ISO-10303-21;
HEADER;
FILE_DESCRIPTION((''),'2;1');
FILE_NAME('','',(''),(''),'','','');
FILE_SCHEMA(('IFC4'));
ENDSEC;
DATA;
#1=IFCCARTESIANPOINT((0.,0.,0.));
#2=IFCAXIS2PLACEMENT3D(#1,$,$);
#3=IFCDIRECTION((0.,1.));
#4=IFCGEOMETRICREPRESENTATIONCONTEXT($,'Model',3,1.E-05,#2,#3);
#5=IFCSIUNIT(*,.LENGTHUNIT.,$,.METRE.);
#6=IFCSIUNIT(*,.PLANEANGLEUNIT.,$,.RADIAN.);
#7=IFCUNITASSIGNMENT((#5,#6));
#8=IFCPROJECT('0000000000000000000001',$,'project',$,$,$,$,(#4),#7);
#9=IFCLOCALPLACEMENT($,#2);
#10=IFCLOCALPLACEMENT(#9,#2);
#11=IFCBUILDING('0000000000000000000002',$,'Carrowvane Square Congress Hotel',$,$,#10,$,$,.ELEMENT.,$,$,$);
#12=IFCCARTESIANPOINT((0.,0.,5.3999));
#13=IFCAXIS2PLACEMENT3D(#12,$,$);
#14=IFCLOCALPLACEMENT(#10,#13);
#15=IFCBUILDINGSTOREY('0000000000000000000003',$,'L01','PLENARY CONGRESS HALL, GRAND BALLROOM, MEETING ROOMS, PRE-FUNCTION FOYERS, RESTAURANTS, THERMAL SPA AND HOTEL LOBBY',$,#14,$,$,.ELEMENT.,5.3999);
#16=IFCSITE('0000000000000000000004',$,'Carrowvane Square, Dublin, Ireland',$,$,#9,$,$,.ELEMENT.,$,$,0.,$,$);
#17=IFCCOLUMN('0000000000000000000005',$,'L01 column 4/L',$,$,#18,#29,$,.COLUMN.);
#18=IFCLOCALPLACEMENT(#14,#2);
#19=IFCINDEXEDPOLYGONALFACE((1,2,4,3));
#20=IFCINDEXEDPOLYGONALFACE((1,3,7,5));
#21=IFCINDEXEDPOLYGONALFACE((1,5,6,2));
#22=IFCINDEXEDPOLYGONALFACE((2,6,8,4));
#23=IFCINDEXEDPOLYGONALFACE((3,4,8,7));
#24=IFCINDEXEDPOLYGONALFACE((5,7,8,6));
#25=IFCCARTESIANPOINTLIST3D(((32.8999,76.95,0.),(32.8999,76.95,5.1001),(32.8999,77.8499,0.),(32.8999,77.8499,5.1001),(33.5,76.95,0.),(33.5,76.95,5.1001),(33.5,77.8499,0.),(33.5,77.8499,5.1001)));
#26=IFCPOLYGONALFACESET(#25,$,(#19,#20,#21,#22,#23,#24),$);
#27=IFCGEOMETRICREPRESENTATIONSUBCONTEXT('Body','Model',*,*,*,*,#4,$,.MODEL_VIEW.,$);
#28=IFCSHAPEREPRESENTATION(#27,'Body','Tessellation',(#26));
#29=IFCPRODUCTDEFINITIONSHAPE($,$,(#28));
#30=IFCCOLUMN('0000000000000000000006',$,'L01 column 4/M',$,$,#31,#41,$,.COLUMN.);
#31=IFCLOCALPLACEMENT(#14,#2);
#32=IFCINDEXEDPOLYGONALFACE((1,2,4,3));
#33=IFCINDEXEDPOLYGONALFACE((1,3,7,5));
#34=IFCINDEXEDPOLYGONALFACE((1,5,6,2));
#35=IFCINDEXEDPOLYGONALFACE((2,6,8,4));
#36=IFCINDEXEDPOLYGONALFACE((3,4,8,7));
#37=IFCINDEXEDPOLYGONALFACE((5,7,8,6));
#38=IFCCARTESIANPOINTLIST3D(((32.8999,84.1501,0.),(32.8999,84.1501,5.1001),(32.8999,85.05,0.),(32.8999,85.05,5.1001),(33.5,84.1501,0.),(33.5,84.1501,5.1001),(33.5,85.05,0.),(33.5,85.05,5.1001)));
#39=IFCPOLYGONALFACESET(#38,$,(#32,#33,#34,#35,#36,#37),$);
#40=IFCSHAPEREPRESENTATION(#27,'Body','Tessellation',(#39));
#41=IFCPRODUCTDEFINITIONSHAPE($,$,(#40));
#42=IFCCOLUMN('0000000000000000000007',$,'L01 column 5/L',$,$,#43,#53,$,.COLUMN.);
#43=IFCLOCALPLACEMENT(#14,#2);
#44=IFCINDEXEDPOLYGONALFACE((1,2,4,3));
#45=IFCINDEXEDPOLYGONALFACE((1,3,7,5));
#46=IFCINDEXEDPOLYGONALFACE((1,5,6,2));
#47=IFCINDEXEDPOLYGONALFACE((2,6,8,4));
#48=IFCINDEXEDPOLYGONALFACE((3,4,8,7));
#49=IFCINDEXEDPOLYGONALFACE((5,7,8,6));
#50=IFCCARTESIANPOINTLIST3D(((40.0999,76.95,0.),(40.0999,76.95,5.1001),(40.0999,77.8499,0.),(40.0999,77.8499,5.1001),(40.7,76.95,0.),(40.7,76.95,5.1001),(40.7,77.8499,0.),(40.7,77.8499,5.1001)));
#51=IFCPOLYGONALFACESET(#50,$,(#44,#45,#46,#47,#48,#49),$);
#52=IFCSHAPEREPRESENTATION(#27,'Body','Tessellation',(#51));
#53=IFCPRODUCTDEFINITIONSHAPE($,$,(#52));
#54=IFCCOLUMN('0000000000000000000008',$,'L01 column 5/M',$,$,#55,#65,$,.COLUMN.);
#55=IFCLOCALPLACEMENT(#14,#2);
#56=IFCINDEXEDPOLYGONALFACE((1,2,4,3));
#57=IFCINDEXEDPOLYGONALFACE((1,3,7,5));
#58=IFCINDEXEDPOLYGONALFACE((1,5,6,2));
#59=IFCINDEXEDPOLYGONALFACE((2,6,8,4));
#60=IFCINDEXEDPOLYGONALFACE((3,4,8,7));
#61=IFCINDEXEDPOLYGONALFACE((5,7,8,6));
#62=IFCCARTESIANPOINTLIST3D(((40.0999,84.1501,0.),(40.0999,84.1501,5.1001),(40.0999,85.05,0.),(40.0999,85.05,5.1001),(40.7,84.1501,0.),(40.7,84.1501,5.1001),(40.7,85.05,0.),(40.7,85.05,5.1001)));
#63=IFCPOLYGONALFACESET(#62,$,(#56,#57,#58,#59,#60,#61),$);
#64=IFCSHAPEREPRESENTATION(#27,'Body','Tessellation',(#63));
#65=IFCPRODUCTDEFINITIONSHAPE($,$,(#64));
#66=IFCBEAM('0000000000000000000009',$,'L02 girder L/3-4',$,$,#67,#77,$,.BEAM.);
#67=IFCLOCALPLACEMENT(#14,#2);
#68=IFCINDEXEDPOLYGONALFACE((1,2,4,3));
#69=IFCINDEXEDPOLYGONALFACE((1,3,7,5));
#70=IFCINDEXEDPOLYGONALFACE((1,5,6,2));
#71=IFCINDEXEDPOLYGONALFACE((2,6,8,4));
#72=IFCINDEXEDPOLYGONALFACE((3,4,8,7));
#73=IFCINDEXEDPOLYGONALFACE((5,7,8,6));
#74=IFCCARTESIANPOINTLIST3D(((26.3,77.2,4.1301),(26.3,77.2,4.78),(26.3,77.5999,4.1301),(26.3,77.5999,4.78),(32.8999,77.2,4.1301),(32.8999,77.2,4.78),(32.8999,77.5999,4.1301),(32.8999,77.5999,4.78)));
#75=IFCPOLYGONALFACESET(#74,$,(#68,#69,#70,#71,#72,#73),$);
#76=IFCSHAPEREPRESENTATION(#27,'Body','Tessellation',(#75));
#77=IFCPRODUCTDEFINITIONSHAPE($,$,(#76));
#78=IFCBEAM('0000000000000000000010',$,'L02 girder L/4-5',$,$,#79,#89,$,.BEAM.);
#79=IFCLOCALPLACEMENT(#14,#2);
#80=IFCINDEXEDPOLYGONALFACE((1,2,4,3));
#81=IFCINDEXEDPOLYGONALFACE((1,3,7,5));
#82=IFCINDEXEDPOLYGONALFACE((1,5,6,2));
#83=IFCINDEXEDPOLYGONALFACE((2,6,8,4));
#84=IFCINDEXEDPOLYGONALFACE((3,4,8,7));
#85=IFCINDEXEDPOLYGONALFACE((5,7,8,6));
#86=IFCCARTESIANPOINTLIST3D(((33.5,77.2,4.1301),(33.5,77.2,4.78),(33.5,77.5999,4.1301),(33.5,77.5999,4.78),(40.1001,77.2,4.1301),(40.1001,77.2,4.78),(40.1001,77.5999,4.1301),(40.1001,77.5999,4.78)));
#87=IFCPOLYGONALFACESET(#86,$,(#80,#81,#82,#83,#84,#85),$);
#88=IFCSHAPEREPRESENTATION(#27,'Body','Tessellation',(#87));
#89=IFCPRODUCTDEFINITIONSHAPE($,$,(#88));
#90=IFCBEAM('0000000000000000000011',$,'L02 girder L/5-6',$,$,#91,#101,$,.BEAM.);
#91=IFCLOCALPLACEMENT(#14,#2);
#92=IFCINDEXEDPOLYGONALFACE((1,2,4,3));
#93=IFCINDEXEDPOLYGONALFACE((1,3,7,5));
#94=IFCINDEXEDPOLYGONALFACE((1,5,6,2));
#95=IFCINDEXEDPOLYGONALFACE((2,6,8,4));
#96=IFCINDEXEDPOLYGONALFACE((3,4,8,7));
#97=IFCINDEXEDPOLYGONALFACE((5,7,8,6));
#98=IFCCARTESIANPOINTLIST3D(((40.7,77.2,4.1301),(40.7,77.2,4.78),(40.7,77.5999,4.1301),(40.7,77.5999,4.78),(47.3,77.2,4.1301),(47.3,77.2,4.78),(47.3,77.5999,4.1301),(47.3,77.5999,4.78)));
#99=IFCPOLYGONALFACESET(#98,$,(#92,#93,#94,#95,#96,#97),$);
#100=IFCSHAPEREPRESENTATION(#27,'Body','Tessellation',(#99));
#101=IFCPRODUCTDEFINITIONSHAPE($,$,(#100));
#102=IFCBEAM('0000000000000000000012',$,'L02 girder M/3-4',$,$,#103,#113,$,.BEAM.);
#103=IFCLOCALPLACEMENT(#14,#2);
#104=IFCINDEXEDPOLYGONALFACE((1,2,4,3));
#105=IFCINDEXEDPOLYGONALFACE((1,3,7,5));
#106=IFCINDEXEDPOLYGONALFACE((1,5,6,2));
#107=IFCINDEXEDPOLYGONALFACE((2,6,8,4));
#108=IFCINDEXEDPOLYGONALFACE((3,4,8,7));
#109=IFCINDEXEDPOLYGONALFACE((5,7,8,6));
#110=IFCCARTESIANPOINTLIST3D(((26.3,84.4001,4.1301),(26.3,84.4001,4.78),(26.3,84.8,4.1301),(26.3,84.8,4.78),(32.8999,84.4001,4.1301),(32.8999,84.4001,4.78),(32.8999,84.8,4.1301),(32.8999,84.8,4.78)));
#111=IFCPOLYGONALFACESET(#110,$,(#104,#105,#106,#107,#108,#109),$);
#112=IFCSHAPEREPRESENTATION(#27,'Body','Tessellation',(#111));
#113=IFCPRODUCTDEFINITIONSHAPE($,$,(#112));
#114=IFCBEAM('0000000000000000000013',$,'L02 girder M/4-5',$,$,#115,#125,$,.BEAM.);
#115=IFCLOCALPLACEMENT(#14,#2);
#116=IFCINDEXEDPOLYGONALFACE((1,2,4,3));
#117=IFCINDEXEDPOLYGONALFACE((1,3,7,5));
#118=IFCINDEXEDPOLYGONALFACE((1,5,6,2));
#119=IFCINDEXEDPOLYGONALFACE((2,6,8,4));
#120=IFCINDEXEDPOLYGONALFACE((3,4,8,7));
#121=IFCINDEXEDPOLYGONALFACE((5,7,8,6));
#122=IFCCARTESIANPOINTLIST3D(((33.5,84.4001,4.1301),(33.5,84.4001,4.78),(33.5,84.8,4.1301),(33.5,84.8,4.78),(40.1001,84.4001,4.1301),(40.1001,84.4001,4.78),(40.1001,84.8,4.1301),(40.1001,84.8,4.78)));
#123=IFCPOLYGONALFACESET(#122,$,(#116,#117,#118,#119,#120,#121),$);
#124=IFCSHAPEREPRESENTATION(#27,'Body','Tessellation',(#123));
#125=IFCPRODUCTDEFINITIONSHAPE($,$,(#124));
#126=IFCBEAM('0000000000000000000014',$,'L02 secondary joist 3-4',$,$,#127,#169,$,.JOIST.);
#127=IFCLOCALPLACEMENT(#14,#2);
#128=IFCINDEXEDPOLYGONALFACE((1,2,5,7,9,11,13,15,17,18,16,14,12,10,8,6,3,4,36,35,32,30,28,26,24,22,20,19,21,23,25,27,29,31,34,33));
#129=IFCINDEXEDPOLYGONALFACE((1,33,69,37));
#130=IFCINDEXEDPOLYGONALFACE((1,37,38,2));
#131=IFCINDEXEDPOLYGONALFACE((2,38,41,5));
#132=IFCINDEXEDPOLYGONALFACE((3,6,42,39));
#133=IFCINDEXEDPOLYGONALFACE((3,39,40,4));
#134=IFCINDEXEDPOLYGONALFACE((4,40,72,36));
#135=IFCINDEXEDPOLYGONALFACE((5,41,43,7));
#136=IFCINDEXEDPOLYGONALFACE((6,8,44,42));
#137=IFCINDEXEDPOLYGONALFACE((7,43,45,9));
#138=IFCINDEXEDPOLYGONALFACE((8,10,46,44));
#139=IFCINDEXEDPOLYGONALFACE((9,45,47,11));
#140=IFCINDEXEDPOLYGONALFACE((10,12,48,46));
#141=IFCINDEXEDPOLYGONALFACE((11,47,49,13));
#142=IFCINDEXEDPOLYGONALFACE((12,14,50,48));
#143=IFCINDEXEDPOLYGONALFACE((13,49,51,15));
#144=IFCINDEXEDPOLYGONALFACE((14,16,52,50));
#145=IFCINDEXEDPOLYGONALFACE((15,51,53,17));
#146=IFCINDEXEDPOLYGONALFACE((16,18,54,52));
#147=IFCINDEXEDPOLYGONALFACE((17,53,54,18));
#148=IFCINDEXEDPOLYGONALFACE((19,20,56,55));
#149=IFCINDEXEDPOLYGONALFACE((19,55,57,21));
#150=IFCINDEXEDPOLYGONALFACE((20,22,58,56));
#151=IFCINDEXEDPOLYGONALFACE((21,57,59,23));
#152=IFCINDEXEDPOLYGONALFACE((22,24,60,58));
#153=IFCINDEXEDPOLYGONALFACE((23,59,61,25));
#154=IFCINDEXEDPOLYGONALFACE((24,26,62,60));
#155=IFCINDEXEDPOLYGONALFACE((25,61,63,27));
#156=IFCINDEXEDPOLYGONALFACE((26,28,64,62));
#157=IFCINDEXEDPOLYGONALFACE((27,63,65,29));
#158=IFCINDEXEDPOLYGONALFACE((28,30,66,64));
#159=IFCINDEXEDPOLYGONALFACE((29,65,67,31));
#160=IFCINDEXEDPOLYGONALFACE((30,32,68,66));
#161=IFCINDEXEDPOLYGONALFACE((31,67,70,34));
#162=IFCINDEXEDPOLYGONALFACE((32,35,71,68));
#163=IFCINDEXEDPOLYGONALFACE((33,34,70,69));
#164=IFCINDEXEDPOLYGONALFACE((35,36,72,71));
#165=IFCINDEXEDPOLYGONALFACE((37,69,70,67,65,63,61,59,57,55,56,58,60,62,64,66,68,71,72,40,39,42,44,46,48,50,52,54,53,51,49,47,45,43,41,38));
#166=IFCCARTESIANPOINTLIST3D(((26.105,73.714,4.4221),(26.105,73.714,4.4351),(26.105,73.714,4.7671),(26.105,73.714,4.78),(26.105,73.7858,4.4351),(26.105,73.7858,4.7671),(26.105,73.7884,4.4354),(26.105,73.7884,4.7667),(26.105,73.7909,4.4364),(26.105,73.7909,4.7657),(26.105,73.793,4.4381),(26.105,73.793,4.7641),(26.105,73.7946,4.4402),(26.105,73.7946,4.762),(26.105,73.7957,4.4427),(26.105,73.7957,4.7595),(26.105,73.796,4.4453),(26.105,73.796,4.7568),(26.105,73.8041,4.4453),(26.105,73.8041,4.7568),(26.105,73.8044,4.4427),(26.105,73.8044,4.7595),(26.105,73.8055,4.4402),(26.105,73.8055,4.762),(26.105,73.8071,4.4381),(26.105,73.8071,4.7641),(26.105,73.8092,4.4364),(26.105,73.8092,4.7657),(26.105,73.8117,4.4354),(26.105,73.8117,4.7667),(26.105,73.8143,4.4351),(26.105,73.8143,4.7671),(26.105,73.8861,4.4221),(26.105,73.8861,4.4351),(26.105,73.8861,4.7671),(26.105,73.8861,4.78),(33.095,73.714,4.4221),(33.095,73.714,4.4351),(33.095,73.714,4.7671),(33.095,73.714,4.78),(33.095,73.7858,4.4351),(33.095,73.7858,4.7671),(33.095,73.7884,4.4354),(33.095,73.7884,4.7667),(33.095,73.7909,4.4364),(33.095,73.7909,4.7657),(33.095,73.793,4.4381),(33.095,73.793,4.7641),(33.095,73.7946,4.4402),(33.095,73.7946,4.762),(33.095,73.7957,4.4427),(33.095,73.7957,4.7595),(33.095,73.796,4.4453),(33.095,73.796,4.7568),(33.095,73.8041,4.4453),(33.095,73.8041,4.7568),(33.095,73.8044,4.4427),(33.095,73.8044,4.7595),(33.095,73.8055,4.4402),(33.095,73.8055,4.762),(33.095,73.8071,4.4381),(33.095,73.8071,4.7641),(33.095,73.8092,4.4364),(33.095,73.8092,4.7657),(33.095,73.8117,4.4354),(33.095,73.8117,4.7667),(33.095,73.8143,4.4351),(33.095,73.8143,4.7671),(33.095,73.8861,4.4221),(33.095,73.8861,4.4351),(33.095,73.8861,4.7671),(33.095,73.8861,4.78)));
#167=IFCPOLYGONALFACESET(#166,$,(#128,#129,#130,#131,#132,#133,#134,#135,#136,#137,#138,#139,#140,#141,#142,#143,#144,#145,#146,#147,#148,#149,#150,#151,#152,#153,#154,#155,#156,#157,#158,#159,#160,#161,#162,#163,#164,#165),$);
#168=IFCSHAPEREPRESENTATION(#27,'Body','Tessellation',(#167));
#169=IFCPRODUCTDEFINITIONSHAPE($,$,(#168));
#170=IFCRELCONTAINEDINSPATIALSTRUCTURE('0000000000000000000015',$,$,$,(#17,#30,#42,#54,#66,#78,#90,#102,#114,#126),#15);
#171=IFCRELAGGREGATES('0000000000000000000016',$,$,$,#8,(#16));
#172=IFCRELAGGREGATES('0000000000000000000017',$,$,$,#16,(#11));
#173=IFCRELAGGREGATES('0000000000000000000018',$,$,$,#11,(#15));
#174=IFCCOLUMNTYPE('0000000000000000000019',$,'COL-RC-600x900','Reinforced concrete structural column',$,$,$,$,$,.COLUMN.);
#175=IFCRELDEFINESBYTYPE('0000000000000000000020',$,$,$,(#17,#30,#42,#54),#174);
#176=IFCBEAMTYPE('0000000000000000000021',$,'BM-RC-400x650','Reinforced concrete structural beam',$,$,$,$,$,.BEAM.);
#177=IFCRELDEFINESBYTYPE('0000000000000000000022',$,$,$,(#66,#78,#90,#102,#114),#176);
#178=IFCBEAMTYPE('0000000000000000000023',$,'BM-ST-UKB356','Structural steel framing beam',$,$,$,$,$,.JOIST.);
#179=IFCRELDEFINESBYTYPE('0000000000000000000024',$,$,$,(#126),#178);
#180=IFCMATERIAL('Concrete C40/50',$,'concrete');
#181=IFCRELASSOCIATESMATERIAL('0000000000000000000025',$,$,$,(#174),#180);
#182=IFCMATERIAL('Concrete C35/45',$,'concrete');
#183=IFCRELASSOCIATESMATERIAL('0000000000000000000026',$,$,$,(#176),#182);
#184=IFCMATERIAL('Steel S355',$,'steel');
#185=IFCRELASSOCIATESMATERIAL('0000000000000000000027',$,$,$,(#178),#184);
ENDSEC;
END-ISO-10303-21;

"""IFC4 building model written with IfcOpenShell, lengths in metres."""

from ifc_helpers import new_model, si_unit, direction, frame, origin, origin_2d, place, context, subcontext, project, spatial, rectangle, i_section, extrude, material, material_profile, profile_set, type_object, element, save


model = new_model("IFC4")

# Units and contexts
model_context = context("Model", 3, precision=1e-05, world=origin(), true_north=direction((0.0, 1.0)))
body_context = subcontext(model_context, "Body", "Model", "MODEL_VIEW")
ifc_project = project(units=[si_unit("LENGTHUNIT", "METRE"), si_unit("PLANEANGLEUNIT", "RADIAN")], contexts=[model_context])

# Site, building, storey
site_placement = place(None, origin())
site = spatial("IfcSite", under=ifc_project, at=site_placement, Name="Carrowvane Square, Dublin, Ireland", CompositionType="ELEMENT", RefElevation=0.0)
building_placement = place(site_placement, origin())
building = spatial("IfcBuilding", under=site, at=building_placement, Name="Carrowvane Square Congress Hotel", CompositionType="ELEMENT")
storey_placement = place(building_placement, frame((0.0, 0.0, 5.3999)))
storey = spatial("IfcBuildingStorey", under=building, at=storey_placement, Name="L01", Description="PLENARY CONGRESS HALL, GRAND BALLROOM, MEETING ROOMS, PRE-FUNCTION FOYERS, RESTAURANTS, THERMAL SPA AND HOTEL LOBBY", CompositionType="ELEMENT", Elevation=5.3999)

# Columns
ifc_material_1 = material(Name="Concrete C40/50", Category="concrete")
ifc_material_profile_1 = material_profile(ifc_material_1, rectangle(XDim=0.6001, YDim=0.8999, at=origin_2d()), Name="RC 600x900")
ifc_profile_set_1 = profile_set([ifc_material_profile_1], Name="Concrete C40/50")
column_type = type_object("IfcColumnType", Name="COL-RC-600x900", Description="Reinforced concrete structural column", PredefinedType="COLUMN", material=ifc_profile_set_1)
for number, where, z_axis, x_axis, name in (
    (1, (33.2, 77.3999, 0.0), (0.0, 0.0, 1.0), (1.0, 0.0, 0.0), "L01 column 4/L"),
    (2, (33.2, 84.6001, 0.0), (0.0, 0.0, 1.0), (1.0, 0.0, 0.0), "L01 column 4/M"),
    (3, (40.3999, 77.3999, 0.0), (0.0, 0.0, 1.0), (1.0, 0.0, 0.0), "L01 column 5/L"),
    (4, (40.3999, 84.6001, 0.0), (0.0, 0.0, 1.0), (1.0, 0.0, 0.0), "L01 column 5/M"),
):
    element("IfcColumn", number, at=place(storey_placement, frame(where, z_axis=z_axis, x_axis=x_axis)), inside=storey, type_object=column_type, Name=name, PredefinedType="COLUMN", context=body_context, shape_type="SweptSolid", body=[
        extrude(rectangle(XDim=0.6001, YDim=0.8999, at=origin_2d()), origin(), (0.0, 0.0, 1.0), 5.1001),
    ])

# Beams
ifc_material_2 = material(Name="Concrete C35/45", Category="concrete")
ifc_material_profile_2 = material_profile(ifc_material_2, rectangle(XDim=0.3999, YDim=0.6499, at=origin_2d()), Name="RC 400x650")
ifc_profile_set_2 = profile_set([ifc_material_profile_2], Name="Concrete C35/45")
beam_type_1 = type_object("IfcBeamType", Name="BM-RC-400x650", Description="Reinforced concrete structural beam", PredefinedType="BEAM", material=ifc_profile_set_2)
beam_1_placement = place(storey_placement, frame((26.3, 77.3999, 4.4551), z_axis=(1.0, 0.0, 0.0), x_axis=(0.0, 1.0, 0.0)))
element("IfcBeam", 5, at=beam_1_placement, inside=storey, type_object=beam_type_1, Name="L02 girder L/3-4", PredefinedType="BEAM", context=body_context, shape_type="SweptSolid", body=[
    extrude(rectangle(XDim=0.3999, YDim=0.6499, at=origin_2d()), origin(), (0.0, 0.0, 1.0), 6.5999),
])
for number, where, z_axis, x_axis, name in (
    (6, (33.5, 77.3999, 4.4551), (1.0, 0.0, 0.0), (0.0, 1.0, 0.0), "L02 girder L/4-5"),
    (7, (40.7, 77.3999, 4.4551), (1.0, 0.0, 0.0), (0.0, 1.0, 0.0), "L02 girder L/5-6"),
):
    element("IfcBeam", number, at=place(storey_placement, frame(where, z_axis=z_axis, x_axis=x_axis)), inside=storey, type_object=beam_type_1, Name=name, PredefinedType="BEAM", context=body_context, shape_type="SweptSolid", body=[
        extrude(rectangle(XDim=0.3999, YDim=0.6499, at=origin_2d()), origin(), (0.0, 0.0, 1.0), 6.6001),
    ])
beam_2_placement = place(storey_placement, frame((26.3, 84.6001, 4.4551), z_axis=(1.0, 0.0, 0.0), x_axis=(0.0, 1.0, 0.0)))
element("IfcBeam", 8, at=beam_2_placement, inside=storey, type_object=beam_type_1, Name="L02 girder M/3-4", PredefinedType="BEAM", context=body_context, shape_type="SweptSolid", body=[
    extrude(rectangle(XDim=0.3999, YDim=0.6499, at=origin_2d()), origin(), (0.0, 0.0, 1.0), 6.5999),
])
beam_3_placement = place(storey_placement, frame((33.5, 84.6001, 4.4551), z_axis=(1.0, 0.0, 0.0), x_axis=(0.0, 1.0, 0.0)))
element("IfcBeam", 9, at=beam_3_placement, inside=storey, type_object=beam_type_1, Name="L02 girder M/4-5", PredefinedType="BEAM", context=body_context, shape_type="SweptSolid", body=[
    extrude(rectangle(XDim=0.3999, YDim=0.6499, at=origin_2d()), origin(), (0.0, 0.0, 1.0), 6.6001),
])
ifc_material_3 = material(Name="Steel S355", Category="steel")
ifc_material_profile_3 = material_profile(ifc_material_3, i_section(OverallWidth=0.1721, OverallDepth=0.3579, WebThickness=0.0081, FlangeThickness=0.0129, FilletRadius=0.0103, at=origin_2d()), Name="UKB 356x171x57")
ifc_profile_set_3 = profile_set([ifc_material_profile_3], Name="Steel S355")
beam_type_2 = type_object("IfcBeamType", Name="BM-ST-UKB356", Description="Structural steel framing beam", PredefinedType="JOIST", material=ifc_profile_set_3)
for number, where, z_axis, x_axis, name in (
    (10, (26.105, 73.8, 4.6011), (1.0, 0.0, 0.0), (0.0, 1.0, 0.0), "L02 secondary joist 3-4"),
):
    element("IfcBeam", number, at=place(storey_placement, frame(where, z_axis=z_axis, x_axis=x_axis)), inside=storey, type_object=beam_type_2, Name=name, PredefinedType="JOIST", context=body_context, shape_type="SweptSolid", body=[
        extrude(i_section(OverallWidth=0.1721, OverallDepth=0.3579, WebThickness=0.0081, FlangeThickness=0.0129, FilletRadius=0.0103, at=origin_2d()), origin(), (0.0, 0.0, 1.0), 6.99),
    ])

save(model, "model.ifc")
